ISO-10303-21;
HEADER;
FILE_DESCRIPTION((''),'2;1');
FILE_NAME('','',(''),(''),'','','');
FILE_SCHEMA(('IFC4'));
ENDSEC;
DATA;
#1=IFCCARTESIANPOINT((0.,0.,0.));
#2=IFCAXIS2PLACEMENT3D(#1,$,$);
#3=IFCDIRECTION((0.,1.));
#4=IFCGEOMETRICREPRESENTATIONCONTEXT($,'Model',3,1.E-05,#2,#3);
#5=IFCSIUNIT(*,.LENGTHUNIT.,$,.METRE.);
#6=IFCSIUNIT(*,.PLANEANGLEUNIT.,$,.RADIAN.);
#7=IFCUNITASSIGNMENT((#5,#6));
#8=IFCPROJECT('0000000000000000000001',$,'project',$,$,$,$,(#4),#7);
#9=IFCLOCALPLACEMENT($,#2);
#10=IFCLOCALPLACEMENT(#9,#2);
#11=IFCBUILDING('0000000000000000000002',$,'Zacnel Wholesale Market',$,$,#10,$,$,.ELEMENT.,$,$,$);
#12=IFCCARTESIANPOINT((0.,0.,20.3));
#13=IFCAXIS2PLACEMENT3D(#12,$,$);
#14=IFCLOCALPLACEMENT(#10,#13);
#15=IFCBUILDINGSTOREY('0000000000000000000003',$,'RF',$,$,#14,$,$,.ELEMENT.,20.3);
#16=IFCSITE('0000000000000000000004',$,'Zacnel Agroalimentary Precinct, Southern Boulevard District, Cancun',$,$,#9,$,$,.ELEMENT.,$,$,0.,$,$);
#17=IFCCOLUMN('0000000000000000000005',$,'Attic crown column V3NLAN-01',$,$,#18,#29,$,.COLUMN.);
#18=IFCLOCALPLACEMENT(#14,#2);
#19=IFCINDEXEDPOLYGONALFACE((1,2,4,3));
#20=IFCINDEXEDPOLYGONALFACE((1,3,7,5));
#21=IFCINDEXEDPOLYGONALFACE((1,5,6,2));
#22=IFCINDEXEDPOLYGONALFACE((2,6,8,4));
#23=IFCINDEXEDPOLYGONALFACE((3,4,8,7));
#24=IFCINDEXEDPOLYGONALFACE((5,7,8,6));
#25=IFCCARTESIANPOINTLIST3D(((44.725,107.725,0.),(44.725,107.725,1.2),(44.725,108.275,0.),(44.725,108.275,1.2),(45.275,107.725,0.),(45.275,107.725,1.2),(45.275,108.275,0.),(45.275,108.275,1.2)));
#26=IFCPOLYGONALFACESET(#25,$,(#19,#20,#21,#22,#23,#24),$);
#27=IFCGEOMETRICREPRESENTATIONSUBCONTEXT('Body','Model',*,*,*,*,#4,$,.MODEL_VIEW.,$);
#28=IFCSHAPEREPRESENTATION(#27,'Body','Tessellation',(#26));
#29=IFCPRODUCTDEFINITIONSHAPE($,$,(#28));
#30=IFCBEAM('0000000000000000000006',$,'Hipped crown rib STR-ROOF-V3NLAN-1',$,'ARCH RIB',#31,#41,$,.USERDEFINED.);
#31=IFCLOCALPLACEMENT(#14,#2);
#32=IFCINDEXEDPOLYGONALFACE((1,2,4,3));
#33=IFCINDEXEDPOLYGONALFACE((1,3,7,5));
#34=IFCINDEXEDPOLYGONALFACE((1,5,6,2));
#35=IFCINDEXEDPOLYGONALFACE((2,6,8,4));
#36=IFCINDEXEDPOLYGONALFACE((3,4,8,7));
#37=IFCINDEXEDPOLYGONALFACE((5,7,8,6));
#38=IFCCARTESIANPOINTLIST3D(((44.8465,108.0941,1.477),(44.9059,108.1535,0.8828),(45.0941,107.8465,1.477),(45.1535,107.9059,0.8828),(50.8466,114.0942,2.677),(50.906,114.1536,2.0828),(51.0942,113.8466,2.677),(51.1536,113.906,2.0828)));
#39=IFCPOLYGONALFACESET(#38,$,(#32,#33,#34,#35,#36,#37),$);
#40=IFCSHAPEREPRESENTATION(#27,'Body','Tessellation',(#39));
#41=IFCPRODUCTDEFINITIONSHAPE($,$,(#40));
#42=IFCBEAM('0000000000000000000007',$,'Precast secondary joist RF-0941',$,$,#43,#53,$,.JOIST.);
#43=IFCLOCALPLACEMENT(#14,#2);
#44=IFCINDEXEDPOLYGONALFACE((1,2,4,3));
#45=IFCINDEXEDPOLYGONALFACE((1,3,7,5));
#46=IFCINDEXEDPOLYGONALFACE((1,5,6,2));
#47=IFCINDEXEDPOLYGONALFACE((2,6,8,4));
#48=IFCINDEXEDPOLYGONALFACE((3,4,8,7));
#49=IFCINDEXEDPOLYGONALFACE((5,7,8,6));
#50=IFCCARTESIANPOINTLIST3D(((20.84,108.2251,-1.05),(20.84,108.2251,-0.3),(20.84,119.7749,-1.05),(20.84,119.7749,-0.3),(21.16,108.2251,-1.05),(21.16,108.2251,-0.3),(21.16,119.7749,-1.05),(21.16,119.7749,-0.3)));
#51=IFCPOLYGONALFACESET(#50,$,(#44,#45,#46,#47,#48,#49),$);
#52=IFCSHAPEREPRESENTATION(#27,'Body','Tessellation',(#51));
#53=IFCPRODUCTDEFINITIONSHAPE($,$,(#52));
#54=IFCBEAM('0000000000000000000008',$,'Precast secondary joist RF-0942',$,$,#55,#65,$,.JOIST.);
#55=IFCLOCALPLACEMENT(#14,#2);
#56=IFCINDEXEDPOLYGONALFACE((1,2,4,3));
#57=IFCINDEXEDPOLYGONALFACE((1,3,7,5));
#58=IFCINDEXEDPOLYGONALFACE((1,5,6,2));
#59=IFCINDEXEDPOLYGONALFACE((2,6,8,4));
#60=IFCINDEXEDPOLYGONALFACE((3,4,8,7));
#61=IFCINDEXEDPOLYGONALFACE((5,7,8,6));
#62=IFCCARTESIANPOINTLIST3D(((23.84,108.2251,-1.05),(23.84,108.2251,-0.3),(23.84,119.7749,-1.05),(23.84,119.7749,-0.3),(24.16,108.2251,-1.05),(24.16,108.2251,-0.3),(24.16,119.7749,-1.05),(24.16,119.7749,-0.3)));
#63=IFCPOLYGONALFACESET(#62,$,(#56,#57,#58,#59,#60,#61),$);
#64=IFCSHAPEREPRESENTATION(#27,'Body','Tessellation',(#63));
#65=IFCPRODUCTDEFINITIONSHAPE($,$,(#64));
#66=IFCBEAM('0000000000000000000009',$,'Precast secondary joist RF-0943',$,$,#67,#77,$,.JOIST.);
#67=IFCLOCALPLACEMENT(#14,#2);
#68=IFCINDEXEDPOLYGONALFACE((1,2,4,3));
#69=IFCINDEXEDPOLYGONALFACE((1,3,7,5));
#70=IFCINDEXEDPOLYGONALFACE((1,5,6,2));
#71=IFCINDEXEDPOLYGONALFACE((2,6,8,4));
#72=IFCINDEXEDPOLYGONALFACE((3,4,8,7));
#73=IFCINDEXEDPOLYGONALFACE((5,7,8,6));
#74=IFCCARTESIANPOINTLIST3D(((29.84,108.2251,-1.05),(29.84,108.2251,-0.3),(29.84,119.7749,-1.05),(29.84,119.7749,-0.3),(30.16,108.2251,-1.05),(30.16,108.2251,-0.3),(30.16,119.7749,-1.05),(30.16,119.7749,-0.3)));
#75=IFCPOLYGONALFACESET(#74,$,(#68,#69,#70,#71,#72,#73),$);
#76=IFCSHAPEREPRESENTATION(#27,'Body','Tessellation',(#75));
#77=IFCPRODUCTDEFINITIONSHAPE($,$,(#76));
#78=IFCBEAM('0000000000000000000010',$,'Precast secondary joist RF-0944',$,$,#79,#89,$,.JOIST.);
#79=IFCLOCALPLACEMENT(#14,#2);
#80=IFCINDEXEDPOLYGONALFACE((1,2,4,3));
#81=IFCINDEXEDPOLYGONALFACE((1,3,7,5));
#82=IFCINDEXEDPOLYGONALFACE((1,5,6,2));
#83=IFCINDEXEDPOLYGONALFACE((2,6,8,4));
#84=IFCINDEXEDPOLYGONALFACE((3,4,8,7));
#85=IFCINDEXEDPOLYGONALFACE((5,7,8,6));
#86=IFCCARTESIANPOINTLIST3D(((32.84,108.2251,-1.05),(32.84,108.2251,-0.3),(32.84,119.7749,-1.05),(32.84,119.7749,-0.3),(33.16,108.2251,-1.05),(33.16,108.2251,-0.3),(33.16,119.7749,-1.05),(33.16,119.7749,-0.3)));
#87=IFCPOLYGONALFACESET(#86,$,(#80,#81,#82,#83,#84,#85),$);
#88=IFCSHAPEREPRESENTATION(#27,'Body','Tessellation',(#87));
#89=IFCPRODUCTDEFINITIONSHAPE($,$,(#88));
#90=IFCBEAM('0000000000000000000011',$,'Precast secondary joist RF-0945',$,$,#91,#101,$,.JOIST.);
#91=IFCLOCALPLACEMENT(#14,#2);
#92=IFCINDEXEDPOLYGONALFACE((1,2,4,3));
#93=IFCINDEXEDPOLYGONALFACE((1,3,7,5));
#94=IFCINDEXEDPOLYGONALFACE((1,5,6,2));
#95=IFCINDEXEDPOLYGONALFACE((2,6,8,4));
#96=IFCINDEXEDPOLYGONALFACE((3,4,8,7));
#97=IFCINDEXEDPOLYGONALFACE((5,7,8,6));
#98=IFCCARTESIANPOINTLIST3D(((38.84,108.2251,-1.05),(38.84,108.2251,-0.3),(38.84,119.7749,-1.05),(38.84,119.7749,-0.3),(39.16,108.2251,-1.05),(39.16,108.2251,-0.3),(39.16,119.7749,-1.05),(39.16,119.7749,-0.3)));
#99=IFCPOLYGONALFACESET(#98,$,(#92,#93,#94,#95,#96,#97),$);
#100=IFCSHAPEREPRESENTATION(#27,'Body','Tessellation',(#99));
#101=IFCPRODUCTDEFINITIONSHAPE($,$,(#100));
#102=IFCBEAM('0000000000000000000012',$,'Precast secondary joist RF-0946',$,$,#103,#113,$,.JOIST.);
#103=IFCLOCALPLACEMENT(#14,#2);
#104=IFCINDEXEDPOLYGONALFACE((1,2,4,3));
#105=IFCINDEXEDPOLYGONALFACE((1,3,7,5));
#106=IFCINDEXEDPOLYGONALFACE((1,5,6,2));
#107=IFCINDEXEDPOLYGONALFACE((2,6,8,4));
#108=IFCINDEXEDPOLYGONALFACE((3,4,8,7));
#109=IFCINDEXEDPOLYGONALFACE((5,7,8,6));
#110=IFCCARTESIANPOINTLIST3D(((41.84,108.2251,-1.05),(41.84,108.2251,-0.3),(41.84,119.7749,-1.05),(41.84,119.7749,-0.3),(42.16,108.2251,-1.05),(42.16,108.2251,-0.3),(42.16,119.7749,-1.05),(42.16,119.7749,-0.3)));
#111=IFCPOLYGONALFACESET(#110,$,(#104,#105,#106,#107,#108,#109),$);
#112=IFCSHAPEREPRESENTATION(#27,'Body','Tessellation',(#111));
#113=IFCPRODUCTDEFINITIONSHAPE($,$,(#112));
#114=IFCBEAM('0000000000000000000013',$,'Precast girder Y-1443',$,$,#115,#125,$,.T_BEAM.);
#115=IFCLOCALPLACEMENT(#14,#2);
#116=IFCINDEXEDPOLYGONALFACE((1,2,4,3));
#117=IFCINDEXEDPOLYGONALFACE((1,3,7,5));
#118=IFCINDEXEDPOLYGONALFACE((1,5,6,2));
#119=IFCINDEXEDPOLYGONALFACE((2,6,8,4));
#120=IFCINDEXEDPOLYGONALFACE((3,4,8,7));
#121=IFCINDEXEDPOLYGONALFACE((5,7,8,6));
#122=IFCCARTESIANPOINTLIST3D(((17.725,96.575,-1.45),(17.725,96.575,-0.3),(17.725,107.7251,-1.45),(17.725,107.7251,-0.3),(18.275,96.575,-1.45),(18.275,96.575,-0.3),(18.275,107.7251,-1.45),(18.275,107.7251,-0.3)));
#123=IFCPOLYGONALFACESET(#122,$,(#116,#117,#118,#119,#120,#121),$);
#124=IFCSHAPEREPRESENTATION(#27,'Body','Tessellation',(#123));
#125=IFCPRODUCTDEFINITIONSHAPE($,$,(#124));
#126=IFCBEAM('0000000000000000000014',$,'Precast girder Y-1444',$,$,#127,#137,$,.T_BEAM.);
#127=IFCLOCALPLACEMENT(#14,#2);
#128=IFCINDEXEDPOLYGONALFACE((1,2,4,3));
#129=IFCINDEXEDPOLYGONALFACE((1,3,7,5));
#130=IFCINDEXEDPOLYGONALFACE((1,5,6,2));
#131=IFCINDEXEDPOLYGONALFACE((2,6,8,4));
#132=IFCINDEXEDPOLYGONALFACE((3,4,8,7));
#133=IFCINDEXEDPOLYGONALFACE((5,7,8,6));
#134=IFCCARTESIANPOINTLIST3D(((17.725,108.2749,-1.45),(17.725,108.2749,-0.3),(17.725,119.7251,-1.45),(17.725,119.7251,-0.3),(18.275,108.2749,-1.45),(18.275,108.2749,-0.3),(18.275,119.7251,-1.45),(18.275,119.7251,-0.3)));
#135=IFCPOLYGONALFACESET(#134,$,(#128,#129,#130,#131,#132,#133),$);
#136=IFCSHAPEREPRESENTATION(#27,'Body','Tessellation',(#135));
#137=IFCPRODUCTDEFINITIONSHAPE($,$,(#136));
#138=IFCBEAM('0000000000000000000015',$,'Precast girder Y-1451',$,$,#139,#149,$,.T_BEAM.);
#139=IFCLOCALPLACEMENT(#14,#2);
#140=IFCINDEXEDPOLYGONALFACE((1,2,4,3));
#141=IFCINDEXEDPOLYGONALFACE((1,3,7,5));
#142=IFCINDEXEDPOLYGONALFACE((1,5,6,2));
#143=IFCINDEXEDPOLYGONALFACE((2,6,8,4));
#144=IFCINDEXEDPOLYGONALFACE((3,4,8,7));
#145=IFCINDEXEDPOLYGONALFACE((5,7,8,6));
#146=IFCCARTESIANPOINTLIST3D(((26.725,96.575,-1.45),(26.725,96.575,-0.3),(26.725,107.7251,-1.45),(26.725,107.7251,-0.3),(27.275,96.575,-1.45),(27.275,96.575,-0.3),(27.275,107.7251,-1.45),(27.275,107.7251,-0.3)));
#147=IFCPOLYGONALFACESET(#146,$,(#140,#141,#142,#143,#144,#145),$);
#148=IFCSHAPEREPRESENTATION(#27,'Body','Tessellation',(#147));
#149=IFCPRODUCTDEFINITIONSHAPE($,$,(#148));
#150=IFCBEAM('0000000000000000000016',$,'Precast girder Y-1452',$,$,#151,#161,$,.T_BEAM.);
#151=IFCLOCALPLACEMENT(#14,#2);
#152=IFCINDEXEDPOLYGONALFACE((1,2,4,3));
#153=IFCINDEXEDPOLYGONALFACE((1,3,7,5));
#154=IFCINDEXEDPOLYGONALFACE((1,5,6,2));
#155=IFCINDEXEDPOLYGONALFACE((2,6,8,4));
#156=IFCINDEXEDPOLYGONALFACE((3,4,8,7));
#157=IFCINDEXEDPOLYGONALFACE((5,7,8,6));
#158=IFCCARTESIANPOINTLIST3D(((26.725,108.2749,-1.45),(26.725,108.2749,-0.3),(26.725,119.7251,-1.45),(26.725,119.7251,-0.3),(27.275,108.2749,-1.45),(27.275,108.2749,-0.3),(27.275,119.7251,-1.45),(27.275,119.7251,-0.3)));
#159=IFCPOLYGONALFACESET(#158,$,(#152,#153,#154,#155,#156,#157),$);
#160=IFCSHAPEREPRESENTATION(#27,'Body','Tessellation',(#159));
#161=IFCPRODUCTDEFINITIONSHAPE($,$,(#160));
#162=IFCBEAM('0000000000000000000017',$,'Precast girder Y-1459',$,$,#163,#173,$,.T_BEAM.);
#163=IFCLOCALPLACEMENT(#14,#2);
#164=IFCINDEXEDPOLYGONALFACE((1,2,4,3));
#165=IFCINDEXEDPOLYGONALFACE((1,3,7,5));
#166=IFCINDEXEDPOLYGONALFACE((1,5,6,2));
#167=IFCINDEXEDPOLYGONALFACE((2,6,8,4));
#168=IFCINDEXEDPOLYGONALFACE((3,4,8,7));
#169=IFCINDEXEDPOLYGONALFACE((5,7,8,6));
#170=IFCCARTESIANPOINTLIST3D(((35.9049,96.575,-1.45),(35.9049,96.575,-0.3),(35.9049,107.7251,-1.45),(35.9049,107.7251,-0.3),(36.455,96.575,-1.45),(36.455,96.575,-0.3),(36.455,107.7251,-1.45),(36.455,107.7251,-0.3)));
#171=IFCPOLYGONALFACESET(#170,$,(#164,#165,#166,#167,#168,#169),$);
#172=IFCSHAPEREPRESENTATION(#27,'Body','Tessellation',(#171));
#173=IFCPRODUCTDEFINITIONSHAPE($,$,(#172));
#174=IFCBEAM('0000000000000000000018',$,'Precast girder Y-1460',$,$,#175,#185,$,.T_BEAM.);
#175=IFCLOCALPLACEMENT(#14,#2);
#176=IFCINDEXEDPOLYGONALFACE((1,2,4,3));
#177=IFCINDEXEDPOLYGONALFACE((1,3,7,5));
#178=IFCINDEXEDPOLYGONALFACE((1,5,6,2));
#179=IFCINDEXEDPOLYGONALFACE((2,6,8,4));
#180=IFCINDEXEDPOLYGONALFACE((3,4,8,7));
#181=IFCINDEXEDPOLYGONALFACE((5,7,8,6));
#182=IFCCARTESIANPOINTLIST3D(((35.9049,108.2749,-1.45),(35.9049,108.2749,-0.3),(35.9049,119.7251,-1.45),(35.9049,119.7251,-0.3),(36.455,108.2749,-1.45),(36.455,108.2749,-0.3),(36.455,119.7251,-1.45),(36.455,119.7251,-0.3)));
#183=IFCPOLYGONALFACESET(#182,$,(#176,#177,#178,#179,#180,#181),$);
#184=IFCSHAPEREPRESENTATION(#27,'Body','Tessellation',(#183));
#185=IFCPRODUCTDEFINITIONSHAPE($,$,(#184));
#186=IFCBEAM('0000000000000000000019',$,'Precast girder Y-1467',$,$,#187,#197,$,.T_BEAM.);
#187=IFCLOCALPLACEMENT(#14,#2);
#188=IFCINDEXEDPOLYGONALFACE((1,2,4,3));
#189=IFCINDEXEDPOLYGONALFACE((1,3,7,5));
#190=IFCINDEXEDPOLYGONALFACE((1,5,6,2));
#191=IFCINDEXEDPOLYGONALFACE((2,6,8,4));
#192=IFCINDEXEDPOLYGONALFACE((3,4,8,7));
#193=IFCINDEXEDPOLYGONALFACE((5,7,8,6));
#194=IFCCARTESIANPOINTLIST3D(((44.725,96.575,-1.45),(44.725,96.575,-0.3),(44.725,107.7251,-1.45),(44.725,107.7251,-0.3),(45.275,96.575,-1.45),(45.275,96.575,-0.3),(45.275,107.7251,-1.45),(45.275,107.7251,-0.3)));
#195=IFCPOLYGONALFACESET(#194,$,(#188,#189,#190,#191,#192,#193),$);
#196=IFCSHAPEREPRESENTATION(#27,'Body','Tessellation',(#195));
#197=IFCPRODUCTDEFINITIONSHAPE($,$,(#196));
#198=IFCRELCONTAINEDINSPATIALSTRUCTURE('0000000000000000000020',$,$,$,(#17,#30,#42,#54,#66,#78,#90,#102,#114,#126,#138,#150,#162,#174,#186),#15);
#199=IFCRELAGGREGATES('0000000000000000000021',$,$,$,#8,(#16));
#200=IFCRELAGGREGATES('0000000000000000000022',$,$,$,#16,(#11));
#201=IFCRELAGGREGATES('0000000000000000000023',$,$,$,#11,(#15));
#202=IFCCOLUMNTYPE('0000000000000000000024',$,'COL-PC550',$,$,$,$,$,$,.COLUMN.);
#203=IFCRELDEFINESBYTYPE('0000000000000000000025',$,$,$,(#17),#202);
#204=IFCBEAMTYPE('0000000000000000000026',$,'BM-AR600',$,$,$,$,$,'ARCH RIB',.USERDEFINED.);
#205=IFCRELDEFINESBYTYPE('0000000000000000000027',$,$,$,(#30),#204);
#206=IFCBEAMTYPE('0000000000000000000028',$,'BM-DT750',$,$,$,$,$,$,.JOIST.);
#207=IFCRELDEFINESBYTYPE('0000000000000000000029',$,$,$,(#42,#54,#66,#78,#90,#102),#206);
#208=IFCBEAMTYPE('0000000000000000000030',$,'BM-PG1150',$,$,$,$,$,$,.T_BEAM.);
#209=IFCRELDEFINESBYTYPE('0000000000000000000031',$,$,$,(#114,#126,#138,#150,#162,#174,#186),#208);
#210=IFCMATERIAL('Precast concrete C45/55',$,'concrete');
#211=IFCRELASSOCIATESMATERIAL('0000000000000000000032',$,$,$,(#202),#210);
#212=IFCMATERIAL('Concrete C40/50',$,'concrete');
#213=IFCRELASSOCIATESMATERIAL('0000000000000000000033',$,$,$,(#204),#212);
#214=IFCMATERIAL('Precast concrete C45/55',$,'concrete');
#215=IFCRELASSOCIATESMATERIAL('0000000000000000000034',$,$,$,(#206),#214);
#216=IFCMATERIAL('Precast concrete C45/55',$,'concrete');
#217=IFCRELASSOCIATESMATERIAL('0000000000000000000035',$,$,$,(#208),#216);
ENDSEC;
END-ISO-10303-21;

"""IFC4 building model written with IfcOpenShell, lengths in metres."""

from ifc_helpers import new_model, si_unit, direction, frame, origin, origin_2d, place, context, subcontext, project, spatial, rectangle, extrude, material, material_profile, profile_set, type_object, element, save


model = new_model("IFC4")

# Units and contexts
model_context = context("Model", 3, precision=1e-05, world=origin(), true_north=direction((0.0, 1.0)))
body_context = subcontext(model_context, "Body", "Model", "MODEL_VIEW")
ifc_project = project(units=[si_unit("LENGTHUNIT", "METRE"), si_unit("PLANEANGLEUNIT", "RADIAN")], contexts=[model_context])

# Site, building, storey
site_placement = place(None, origin())
site = spatial("IfcSite", under=ifc_project, at=site_placement, Name="Zacnel Agroalimentary Precinct, Southern Boulevard District, Cancun", CompositionType="ELEMENT", RefElevation=0.0)
building_placement = place(site_placement, origin())
building = spatial("IfcBuilding", under=site, at=building_placement, Name="Zacnel Wholesale Market", CompositionType="ELEMENT")
storey_placement = place(building_placement, frame((0.0, 0.0, 20.3)))
storey = spatial("IfcBuildingStorey", under=building, at=storey_placement, Name="RF", CompositionType="ELEMENT", Elevation=20.3)

# Column
ifc_material_1 = material(Name="Precast concrete C45/55", Category="concrete")
ifc_material_profile_1 = material_profile(ifc_material_1, rectangle(XDim=0.55, YDim=0.55, at=origin_2d()), Name="PC 550x550")
ifc_profile_set_1 = profile_set([ifc_material_profile_1], Name="Precast concrete C45/55")
column_type = type_object("IfcColumnType", Name="COL-PC550", PredefinedType="COLUMN", material=ifc_profile_set_1)
column_placement = place(storey_placement, frame((45.0, 108.0, 0.0), z_axis=(0.0, 0.0, 1.0), x_axis=(1.0, 0.0, 0.0)))
element("IfcColumn", 1, at=column_placement, inside=storey, type_object=column_type, Name="Attic crown column V3NLAN-01", PredefinedType="COLUMN", context=body_context, shape_type="SweptSolid", body=[
    extrude(rectangle(XDim=0.55, YDim=0.55, at=origin_2d()), origin(), (0.0, 0.0, 1.0), 1.2),
])

# Beams
ifc_material_2 = material(Name="Concrete C40/50", Category="concrete")
ifc_material_profile_2 = material_profile(ifc_material_2, rectangle(XDim=0.3501, YDim=0.6001, at=origin_2d()), Name="ARCH RIB 350x600")
ifc_profile_set_2 = profile_set([ifc_material_profile_2], Name="Concrete C40/50")
beam_type_1 = type_object("IfcBeamType", Name="BM-AR600", ElementType="ARCH RIB", PredefinedType="USERDEFINED", material=ifc_profile_set_2)
beam_1_placement = place(storey_placement, frame((45.0, 108.0, 1.1799), z_axis=(0.700141, 0.700141, 0.140022), x_axis=(-0.707107, 0.707107, 0.0)))
element("IfcBeam", 2, at=beam_1_placement, inside=storey, type_object=beam_type_1, Name="Hipped crown rib STR-ROOF-V3NLAN-1", ObjectType="ARCH RIB", PredefinedType="USERDEFINED", context=body_context, shape_type="SweptSolid", body=[
    extrude(rectangle(XDim=0.3501, YDim=0.6001, at=origin_2d()), origin(), (0.0, 0.0, 1.0), 8.5698),
])
ifc_material_3 = material(Name="Precast concrete C45/55", Category="concrete")
ifc_material_profile_3 = material_profile(ifc_material_3, rectangle(XDim=0.3201, YDim=0.75, at=origin_2d()), Name="DT RIB 320x750")
ifc_profile_set_3 = profile_set([ifc_material_profile_3], Name="Precast concrete C45/55")
beam_type_2 = type_object("IfcBeamType", Name="BM-DT750", PredefinedType="JOIST", material=ifc_profile_set_3)
for number, where, z_axis, x_axis, name in (
    (3, (21.0, 108.2251, -0.675), (0.0, 1.0, 0.0), (-1.0, 0.0, 0.0), "Precast secondary joist RF-0941"),
    (4, (24.0, 108.2251, -0.675), (0.0, 1.0, 0.0), (-1.0, 0.0, 0.0), "Precast secondary joist RF-0942"),
    (5, (30.0, 108.2251, -0.675), (0.0, 1.0, 0.0), (-1.0, 0.0, 0.0), "Precast secondary joist RF-0943"),
    (6, (33.0, 108.2251, -0.675), (0.0, 1.0, 0.0), (-1.0, 0.0, 0.0), "Precast secondary joist RF-0944"),
    (7, (39.0, 108.2251, -0.675), (0.0, 1.0, 0.0), (-1.0, 0.0, 0.0), "Precast secondary joist RF-0945"),
    (8, (42.0, 108.2251, -0.675), (0.0, 1.0, 0.0), (-1.0, 0.0, 0.0), "Precast secondary joist RF-0946"),
):
    element("IfcBeam", number, at=place(storey_placement, frame(where, z_axis=z_axis, x_axis=x_axis)), inside=storey, type_object=beam_type_2, Name=name, PredefinedType="JOIST", context=body_context, shape_type="SweptSolid", body=[
        extrude(rectangle(XDim=0.3201, YDim=0.75, at=origin_2d()), origin(), (0.0, 0.0, 1.0), 11.5498),
    ])
ifc_material_4 = material(Name="Precast concrete C45/55", Category="concrete")
ifc_material_profile_4 = material_profile(ifc_material_4, rectangle(XDim=0.55, YDim=1.1499, at=origin_2d()), Name="PG 550x1150")
ifc_profile_set_4 = profile_set([ifc_material_profile_4], Name="Precast concrete C45/55")
beam_type_3 = type_object("IfcBeamType", Name="BM-PG1150", PredefinedType="T_BEAM", material=ifc_profile_set_4)
beam_2_placement = place(storey_placement, frame((18.0, 96.575, -0.875), z_axis=(0.0, 1.0, 0.0), x_axis=(-1.0, 0.0, 0.0)))
element("IfcBeam", 9, at=beam_2_placement, inside=storey, type_object=beam_type_3, Name="Precast girder Y-1443", PredefinedType="T_BEAM", context=body_context, shape_type="SweptSolid", body=[
    extrude(rectangle(XDim=0.55, YDim=1.1499, at=origin_2d()), origin(), (0.0, 0.0, 1.0), 11.1501),
])
beam_3_placement = place(storey_placement, frame((18.0, 108.2749, -0.875), z_axis=(0.0, 1.0, 0.0), x_axis=(-1.0, 0.0, 0.0)))
element("IfcBeam", 10, at=beam_3_placement, inside=storey, type_object=beam_type_3, Name="Precast girder Y-1444", PredefinedType="T_BEAM", context=body_context, shape_type="SweptSolid", body=[
    extrude(rectangle(XDim=0.55, YDim=1.1499, at=origin_2d()), origin(), (0.0, 0.0, 1.0), 11.4502),
])
beam_4_placement = place(storey_placement, frame((27.0, 96.575, -0.875), z_axis=(0.0, 1.0, 0.0), x_axis=(-1.0, 0.0, 0.0)))
element("IfcBeam", 11, at=beam_4_placement, inside=storey, type_object=beam_type_3, Name="Precast girder Y-1451", PredefinedType="T_BEAM", context=body_context, shape_type="SweptSolid", body=[
    extrude(rectangle(XDim=0.55, YDim=1.1499, at=origin_2d()), origin(), (0.0, 0.0, 1.0), 11.1501),
])
beam_5_placement = place(storey_placement, frame((27.0, 108.2749, -0.875), z_axis=(0.0, 1.0, 0.0), x_axis=(-1.0, 0.0, 0.0)))
element("IfcBeam", 12, at=beam_5_placement, inside=storey, type_object=beam_type_3, Name="Precast girder Y-1452", PredefinedType="T_BEAM", context=body_context, shape_type="SweptSolid", body=[
    extrude(rectangle(XDim=0.55, YDim=1.1499, at=origin_2d()), origin(), (0.0, 0.0, 1.0), 11.4502),
])
beam_6_placement = place(storey_placement, frame((36.1799, 96.575, -0.875), z_axis=(0.0, 1.0, 0.0), x_axis=(-1.0, 0.0, 0.0)))
element("IfcBeam", 13, at=beam_6_placement, inside=storey, type_object=beam_type_3, Name="Precast girder Y-1459", PredefinedType="T_BEAM", context=body_context, shape_type="SweptSolid", body=[
    extrude(rectangle(XDim=0.55, YDim=1.1499, at=origin_2d()), origin(), (0.0, 0.0, 1.0), 11.1501),
])
beam_7_placement = place(storey_placement, frame((36.1799, 108.2749, -0.875), z_axis=(0.0, 1.0, 0.0), x_axis=(-1.0, 0.0, 0.0)))
element("IfcBeam", 14, at=beam_7_placement, inside=storey, type_object=beam_type_3, Name="Precast girder Y-1460", PredefinedType="T_BEAM", context=body_context, shape_type="SweptSolid", body=[
    extrude(rectangle(XDim=0.55, YDim=1.1499, at=origin_2d()), origin(), (0.0, 0.0, 1.0), 11.4502),
])
beam_8_placement = place(storey_placement, frame((45.0, 96.575, -0.875), z_axis=(0.0, 1.0, 0.0), x_axis=(-1.0, 0.0, 0.0)))
element("IfcBeam", 15, at=beam_8_placement, inside=storey, type_object=beam_type_3, Name="Precast girder Y-1467", PredefinedType="T_BEAM", context=body_context, shape_type="SweptSolid", body=[
    extrude(rectangle(XDim=0.55, YDim=1.1499, at=origin_2d()), origin(), (0.0, 0.0, 1.0), 11.1501),
])

save(model, "model.ifc")
